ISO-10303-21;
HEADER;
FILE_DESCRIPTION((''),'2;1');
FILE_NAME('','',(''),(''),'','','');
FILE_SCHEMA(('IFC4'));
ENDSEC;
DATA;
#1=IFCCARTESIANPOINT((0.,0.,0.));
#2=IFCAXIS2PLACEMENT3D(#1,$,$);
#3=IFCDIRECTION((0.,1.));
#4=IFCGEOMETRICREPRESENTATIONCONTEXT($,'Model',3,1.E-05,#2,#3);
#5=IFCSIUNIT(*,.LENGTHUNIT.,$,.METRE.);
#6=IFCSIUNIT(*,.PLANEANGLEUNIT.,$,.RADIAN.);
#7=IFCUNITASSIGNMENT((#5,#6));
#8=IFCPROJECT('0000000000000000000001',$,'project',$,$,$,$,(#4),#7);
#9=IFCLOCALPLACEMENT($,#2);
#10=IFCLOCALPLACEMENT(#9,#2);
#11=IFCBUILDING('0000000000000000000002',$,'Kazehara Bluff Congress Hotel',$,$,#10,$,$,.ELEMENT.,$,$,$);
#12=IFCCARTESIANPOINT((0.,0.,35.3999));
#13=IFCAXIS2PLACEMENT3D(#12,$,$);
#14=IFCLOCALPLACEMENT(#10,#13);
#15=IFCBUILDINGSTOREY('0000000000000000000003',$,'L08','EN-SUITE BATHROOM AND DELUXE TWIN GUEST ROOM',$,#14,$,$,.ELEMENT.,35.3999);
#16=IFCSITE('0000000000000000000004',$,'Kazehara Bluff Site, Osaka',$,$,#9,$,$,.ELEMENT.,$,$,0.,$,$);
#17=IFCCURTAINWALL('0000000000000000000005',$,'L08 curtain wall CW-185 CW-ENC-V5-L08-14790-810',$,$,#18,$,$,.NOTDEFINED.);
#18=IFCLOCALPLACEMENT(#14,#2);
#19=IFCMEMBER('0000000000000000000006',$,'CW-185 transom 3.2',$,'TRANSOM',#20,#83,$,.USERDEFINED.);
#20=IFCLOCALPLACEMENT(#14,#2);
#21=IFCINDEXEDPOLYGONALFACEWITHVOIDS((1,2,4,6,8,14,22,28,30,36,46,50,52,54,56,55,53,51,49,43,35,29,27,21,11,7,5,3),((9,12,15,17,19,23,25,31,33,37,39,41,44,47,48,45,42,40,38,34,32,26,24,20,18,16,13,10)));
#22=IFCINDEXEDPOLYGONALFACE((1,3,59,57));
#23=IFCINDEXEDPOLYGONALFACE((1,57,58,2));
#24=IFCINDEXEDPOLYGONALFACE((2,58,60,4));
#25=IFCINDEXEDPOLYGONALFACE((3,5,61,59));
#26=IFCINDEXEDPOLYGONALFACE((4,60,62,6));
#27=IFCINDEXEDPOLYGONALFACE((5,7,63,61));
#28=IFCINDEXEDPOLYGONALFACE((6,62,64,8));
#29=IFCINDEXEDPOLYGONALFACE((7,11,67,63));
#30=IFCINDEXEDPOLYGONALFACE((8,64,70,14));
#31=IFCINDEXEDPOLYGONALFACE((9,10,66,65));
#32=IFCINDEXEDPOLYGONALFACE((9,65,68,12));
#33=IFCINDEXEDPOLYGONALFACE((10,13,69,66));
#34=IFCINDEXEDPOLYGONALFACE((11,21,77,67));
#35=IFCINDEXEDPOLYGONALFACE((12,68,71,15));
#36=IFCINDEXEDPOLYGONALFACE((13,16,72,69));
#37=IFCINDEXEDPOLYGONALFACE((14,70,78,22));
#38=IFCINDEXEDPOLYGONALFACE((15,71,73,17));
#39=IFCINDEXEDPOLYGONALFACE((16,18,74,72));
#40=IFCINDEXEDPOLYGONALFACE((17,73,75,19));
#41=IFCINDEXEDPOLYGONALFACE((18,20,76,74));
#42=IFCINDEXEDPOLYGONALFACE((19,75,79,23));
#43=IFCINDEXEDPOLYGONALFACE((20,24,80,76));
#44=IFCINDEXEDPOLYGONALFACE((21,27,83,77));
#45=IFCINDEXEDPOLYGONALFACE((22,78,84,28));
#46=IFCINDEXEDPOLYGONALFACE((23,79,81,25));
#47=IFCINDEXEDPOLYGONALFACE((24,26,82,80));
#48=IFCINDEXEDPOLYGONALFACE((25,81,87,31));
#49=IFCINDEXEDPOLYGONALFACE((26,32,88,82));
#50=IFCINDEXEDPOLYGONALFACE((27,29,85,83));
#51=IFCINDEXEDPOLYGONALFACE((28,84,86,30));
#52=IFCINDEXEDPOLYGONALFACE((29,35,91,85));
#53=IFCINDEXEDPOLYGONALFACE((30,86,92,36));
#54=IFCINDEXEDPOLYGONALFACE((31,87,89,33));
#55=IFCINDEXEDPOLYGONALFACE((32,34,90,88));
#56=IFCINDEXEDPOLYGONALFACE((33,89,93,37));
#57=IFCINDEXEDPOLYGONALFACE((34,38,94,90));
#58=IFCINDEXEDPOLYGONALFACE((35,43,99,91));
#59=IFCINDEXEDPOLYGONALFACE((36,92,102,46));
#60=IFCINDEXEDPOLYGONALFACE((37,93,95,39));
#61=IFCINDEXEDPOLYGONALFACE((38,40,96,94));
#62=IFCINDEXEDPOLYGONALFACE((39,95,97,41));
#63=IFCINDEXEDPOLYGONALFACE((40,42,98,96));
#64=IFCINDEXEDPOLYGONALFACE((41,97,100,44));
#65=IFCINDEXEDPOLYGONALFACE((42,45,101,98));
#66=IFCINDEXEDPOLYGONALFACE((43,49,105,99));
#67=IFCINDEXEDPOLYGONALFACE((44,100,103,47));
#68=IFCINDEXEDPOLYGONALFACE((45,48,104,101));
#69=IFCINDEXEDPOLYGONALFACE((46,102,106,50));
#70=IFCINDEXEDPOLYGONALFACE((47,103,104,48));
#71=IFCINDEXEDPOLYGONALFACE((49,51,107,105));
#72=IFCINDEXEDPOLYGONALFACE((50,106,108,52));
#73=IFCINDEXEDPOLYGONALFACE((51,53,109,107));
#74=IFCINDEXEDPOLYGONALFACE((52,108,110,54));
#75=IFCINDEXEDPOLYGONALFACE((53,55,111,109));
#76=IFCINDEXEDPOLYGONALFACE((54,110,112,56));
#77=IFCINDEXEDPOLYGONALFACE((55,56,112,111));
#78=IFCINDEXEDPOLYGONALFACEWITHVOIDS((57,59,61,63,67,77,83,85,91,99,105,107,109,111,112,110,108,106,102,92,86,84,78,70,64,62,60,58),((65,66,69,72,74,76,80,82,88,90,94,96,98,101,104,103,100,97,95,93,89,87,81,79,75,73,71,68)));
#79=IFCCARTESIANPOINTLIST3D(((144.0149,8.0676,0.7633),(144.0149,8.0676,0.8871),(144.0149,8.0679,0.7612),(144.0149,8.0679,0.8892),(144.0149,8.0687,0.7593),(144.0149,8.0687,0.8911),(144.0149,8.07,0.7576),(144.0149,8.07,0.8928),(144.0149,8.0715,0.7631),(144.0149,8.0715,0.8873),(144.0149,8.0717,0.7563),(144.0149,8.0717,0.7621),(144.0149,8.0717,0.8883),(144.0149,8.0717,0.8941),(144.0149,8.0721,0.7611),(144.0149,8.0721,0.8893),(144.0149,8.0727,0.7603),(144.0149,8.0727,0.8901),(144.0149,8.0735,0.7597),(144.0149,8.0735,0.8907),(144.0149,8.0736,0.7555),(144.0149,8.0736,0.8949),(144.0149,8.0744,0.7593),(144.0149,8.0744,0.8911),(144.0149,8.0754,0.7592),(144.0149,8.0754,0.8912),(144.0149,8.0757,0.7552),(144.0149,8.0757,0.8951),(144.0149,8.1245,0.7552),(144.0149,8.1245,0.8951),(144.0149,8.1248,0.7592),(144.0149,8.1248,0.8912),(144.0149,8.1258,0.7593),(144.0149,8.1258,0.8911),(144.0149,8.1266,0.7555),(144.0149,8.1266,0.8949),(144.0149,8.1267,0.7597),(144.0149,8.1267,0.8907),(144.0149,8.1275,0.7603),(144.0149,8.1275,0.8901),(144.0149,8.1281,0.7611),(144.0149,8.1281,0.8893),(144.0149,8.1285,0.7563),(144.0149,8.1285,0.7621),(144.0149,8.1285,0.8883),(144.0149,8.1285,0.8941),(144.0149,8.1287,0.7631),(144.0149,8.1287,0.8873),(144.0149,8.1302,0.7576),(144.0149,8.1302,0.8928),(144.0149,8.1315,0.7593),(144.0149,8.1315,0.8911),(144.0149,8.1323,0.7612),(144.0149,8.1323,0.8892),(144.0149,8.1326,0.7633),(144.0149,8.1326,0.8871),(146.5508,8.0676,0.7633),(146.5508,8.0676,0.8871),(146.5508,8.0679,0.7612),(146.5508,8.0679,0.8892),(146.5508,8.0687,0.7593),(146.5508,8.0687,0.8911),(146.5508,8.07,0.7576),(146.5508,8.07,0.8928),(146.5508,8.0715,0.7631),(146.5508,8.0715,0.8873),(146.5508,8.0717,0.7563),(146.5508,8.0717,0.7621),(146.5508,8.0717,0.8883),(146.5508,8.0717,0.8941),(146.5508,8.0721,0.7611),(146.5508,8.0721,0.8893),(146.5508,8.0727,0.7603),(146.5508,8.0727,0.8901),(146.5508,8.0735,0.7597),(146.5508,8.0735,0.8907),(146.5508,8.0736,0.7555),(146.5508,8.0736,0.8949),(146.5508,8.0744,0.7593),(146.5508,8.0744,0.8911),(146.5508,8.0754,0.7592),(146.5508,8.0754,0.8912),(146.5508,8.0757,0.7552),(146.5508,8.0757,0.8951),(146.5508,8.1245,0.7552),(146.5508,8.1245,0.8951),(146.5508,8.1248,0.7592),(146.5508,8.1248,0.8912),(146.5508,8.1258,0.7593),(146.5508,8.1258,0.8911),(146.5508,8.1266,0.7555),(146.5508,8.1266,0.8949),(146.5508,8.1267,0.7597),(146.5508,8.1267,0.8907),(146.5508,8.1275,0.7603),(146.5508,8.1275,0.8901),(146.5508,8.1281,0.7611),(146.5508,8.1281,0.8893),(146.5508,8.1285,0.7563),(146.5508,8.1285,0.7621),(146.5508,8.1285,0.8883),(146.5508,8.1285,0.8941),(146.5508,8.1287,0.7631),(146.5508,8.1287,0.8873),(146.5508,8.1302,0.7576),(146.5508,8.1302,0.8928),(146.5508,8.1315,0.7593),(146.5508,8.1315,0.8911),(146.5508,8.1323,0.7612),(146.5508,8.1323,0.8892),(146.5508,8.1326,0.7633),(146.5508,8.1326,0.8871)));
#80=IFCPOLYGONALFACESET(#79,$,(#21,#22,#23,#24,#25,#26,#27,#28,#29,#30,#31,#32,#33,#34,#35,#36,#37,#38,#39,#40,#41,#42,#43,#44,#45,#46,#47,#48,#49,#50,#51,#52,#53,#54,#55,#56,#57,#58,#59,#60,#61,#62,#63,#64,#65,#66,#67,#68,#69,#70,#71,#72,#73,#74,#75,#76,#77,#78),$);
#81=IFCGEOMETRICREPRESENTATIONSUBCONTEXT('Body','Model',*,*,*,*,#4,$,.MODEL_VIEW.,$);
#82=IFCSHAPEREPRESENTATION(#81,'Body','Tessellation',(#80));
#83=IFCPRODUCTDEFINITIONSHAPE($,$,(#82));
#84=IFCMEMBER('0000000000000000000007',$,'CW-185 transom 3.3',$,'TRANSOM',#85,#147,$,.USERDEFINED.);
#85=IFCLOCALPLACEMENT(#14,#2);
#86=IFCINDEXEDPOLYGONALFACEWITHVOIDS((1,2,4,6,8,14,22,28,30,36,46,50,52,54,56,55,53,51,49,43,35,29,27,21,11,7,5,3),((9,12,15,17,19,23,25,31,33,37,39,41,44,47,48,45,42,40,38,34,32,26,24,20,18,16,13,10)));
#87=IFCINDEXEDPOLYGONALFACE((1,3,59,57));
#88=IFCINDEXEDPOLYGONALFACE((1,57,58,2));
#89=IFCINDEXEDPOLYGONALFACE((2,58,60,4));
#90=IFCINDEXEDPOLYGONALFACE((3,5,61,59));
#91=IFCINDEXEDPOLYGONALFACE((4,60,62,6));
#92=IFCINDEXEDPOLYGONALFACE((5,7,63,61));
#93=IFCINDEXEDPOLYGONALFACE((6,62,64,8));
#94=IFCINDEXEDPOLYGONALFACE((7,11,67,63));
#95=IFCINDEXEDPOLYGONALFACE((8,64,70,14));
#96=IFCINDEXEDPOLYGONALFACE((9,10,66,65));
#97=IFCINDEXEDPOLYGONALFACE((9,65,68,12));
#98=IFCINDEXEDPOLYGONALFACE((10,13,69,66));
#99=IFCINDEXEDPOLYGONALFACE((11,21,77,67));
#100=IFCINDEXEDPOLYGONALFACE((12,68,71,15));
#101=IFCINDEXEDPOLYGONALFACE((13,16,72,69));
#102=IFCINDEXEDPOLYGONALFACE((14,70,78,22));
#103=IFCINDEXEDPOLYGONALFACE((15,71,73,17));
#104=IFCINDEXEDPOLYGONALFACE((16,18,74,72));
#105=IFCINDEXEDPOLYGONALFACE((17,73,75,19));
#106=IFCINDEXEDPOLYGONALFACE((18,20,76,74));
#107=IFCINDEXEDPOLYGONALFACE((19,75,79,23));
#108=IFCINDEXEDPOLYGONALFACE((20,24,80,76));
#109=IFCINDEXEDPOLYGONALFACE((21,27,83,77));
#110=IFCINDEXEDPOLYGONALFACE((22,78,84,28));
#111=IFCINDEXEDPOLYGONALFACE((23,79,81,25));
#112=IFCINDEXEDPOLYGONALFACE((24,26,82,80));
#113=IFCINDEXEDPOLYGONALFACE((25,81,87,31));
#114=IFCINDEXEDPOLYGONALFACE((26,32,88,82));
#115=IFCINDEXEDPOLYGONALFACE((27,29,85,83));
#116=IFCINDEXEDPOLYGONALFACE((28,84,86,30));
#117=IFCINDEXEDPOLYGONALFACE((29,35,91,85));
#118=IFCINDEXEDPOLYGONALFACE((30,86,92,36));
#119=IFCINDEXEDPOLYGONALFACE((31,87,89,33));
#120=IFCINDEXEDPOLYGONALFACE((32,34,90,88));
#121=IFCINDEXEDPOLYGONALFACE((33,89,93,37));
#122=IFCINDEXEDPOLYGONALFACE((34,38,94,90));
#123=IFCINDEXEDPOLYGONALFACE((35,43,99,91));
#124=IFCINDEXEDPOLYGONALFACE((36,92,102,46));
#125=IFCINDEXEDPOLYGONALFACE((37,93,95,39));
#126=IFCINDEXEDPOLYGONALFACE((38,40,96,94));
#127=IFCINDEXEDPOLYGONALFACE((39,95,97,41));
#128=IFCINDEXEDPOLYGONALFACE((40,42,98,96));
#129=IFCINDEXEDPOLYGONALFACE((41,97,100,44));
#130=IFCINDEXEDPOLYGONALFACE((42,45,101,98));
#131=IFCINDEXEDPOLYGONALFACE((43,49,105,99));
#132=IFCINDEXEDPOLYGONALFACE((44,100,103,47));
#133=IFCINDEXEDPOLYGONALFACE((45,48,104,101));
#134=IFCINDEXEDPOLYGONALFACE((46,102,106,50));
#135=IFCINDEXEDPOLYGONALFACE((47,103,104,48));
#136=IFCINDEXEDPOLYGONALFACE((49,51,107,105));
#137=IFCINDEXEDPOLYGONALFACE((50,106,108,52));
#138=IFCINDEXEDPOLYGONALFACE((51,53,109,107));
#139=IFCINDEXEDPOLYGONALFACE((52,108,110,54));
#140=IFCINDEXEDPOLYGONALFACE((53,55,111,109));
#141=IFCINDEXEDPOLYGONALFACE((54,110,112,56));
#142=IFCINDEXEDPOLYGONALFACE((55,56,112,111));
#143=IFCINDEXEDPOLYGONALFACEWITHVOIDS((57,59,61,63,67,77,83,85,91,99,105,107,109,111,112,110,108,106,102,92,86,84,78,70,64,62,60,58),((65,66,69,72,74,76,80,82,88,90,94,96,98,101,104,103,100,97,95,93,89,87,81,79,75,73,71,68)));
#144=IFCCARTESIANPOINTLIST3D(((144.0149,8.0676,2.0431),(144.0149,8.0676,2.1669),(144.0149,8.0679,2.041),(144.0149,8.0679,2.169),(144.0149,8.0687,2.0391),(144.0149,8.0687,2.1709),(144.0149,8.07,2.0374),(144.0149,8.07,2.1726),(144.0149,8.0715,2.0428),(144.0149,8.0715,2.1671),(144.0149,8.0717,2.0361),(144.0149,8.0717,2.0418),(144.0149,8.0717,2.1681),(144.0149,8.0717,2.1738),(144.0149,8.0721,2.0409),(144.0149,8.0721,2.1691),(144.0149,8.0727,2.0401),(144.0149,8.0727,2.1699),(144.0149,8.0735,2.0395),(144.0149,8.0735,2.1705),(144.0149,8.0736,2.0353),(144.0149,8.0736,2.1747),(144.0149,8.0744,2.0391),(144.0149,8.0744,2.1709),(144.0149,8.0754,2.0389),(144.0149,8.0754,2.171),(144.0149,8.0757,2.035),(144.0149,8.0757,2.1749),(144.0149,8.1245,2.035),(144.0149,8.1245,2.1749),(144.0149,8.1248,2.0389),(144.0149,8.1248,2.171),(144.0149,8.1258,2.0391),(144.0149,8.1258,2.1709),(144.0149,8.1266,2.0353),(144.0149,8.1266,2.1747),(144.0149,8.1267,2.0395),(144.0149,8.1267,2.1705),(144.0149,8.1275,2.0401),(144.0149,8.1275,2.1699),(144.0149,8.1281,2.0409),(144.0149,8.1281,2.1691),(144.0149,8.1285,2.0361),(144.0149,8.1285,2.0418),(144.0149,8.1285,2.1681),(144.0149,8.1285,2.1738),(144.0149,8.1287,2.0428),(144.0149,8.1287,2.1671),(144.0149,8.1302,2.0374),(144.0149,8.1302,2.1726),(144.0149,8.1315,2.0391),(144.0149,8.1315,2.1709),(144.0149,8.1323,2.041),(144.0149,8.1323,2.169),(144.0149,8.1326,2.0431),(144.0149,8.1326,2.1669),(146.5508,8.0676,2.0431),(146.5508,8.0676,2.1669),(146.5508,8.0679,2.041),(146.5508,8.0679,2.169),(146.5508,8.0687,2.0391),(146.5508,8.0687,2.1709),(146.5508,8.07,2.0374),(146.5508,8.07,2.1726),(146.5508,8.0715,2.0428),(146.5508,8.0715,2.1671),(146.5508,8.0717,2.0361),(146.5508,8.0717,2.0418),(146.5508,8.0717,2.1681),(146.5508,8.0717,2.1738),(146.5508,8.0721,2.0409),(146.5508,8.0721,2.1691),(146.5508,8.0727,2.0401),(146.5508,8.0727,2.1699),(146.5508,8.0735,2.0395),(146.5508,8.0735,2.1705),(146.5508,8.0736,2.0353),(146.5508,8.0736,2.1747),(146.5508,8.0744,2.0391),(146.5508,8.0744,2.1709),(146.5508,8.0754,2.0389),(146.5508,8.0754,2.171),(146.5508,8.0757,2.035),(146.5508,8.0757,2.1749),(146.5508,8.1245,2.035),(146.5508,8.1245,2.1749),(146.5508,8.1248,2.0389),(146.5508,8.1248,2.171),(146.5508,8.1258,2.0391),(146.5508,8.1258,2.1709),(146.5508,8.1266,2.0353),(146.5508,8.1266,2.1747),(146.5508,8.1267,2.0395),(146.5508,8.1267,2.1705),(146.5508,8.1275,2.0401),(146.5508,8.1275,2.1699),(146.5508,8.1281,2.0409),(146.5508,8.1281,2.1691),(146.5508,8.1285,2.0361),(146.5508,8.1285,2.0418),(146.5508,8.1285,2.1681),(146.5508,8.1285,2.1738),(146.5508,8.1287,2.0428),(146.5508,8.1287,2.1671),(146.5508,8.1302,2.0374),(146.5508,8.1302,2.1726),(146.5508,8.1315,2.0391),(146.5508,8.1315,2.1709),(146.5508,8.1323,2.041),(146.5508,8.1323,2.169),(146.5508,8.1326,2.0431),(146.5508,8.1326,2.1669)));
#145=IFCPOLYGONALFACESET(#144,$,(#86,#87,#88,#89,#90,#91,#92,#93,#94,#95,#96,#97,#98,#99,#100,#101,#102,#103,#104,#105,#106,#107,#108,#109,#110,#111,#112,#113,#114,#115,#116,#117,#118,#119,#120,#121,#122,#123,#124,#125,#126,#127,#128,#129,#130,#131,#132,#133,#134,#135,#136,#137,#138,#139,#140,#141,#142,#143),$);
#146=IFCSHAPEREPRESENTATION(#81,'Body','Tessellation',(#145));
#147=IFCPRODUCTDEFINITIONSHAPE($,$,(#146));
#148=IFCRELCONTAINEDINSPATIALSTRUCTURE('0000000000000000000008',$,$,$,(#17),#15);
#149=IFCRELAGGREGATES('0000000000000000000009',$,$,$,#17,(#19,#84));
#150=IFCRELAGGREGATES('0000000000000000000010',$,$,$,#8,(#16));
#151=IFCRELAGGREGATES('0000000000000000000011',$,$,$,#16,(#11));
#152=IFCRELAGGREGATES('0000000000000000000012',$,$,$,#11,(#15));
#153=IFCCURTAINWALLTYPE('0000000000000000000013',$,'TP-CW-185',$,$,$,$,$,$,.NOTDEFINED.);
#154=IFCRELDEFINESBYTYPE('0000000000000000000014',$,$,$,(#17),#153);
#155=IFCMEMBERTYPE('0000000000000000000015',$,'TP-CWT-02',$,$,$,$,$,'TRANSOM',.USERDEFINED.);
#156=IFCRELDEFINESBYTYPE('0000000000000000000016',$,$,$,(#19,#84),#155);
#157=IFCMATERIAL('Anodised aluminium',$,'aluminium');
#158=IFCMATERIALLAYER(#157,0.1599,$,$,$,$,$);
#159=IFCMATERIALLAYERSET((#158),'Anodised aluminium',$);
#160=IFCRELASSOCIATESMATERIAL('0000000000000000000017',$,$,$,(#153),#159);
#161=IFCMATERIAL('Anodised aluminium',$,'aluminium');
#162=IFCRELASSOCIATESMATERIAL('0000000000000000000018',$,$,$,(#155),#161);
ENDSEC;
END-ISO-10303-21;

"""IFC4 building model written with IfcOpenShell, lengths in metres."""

from ifc_helpers import new_model, si_unit, direction, frame, origin, origin_2d, place, context, subcontext, project, spatial, hollow_rectangle, extrude, material, layer, layer_set, material_profile, profile_set, type_object, element, aggregate, save


model = new_model("IFC4")

# Units and contexts
model_context = context("Model", 3, precision=1e-05, world=origin(), true_north=direction((0.0, 1.0)))
body_context = subcontext(model_context, "Body", "Model", "MODEL_VIEW")
ifc_project = project(units=[si_unit("LENGTHUNIT", "METRE"), si_unit("PLANEANGLEUNIT", "RADIAN")], contexts=[model_context])

# Site, building, storey
site_placement = place(None, origin())
site = spatial("IfcSite", under=ifc_project, at=site_placement, Name="Kazehara Bluff Site, Osaka", CompositionType="ELEMENT", RefElevation=0.0)
building_placement = place(site_placement, origin())
building = spatial("IfcBuilding", under=site, at=building_placement, Name="Kazehara Bluff Congress Hotel", CompositionType="ELEMENT")
storey_placement = place(building_placement, frame((0.0, 0.0, 35.3999)))
storey = spatial("IfcBuildingStorey", under=building, at=storey_placement, Name="L08", Description="EN-SUITE BATHROOM AND DELUXE TWIN GUEST ROOM", CompositionType="ELEMENT", Elevation=35.3999)

# Curtain wall, members
ifc_material_1 = material(Name="Anodised aluminium", Category="aluminium")
ifc_layer_1 = layer(ifc_material_1, 0.1599)
ifc_layer_set_1 = layer_set([ifc_layer_1], Name="Anodised aluminium")
curtain_wall_type = type_object("IfcCurtainWallType", Name="TP-CW-185", PredefinedType="NOTDEFINED", material=ifc_layer_set_1)
curtain_wall_placement = place(storey_placement, origin())
curtain_wall = element("IfcCurtainWall", 1, at=curtain_wall_placement, inside=storey, type_object=curtain_wall_type, Name="L08 curtain wall CW-185 CW-ENC-V5-L08-14790-810", PredefinedType="NOTDEFINED")
ifc_material_2 = material(Name="Anodised aluminium", Category="aluminium")
ifc_material_profile_1 = material_profile(ifc_material_2, hollow_rectangle(XDim=0.0649, YDim=0.1399, WallThickness=0.0039, InnerFilletRadius=0.0039, OuterFilletRadius=0.0081, at=origin_2d()))
ifc_profile_set_1 = profile_set([ifc_material_profile_1], Name="Anodised aluminium")
member_type_1 = type_object("IfcMemberType", Name="TP-CWT-02", ElementType="TRANSOM", PredefinedType="USERDEFINED", material=ifc_profile_set_1)
member_1_placement = place(storey_placement, frame((146.5508, 8.1001, 0.8252), z_axis=(-1.0, 0.0, 0.0), x_axis=(0.0, -1.0, 0.0)))
member_1 = element("IfcMember", 2, at=member_1_placement, type_object=member_type_1, Name="CW-185 transom 3.2", ObjectType="TRANSOM", PredefinedType="USERDEFINED", context=body_context, shape_type="SweptSolid", body=[
    extrude(hollow_rectangle(XDim=0.0649, YDim=0.1399, WallThickness=0.0039, InnerFilletRadius=0.0039, OuterFilletRadius=0.0081, at=origin_2d()), origin(), (0.0, 0.0, 1.0), 2.5359),
])
member_2_placement = place(storey_placement, frame((146.5508, 8.1001, 2.105), z_axis=(-1.0, 0.0, 0.0), x_axis=(0.0, -1.0, 0.0)))
member_2 = element("IfcMember", 3, at=member_2_placement, type_object=member_type_1, Name="CW-185 transom 3.3", ObjectType="TRANSOM", PredefinedType="USERDEFINED", context=body_context, shape_type="SweptSolid", body=[
    extrude(hollow_rectangle(XDim=0.0649, YDim=0.1399, WallThickness=0.0039, InnerFilletRadius=0.0039, OuterFilletRadius=0.0081, at=origin_2d()), origin(), (0.0, 0.0, 1.0), 2.5359),
])

aggregate(curtain_wall, [member_1, member_2])

save(model, "model.ifc")
